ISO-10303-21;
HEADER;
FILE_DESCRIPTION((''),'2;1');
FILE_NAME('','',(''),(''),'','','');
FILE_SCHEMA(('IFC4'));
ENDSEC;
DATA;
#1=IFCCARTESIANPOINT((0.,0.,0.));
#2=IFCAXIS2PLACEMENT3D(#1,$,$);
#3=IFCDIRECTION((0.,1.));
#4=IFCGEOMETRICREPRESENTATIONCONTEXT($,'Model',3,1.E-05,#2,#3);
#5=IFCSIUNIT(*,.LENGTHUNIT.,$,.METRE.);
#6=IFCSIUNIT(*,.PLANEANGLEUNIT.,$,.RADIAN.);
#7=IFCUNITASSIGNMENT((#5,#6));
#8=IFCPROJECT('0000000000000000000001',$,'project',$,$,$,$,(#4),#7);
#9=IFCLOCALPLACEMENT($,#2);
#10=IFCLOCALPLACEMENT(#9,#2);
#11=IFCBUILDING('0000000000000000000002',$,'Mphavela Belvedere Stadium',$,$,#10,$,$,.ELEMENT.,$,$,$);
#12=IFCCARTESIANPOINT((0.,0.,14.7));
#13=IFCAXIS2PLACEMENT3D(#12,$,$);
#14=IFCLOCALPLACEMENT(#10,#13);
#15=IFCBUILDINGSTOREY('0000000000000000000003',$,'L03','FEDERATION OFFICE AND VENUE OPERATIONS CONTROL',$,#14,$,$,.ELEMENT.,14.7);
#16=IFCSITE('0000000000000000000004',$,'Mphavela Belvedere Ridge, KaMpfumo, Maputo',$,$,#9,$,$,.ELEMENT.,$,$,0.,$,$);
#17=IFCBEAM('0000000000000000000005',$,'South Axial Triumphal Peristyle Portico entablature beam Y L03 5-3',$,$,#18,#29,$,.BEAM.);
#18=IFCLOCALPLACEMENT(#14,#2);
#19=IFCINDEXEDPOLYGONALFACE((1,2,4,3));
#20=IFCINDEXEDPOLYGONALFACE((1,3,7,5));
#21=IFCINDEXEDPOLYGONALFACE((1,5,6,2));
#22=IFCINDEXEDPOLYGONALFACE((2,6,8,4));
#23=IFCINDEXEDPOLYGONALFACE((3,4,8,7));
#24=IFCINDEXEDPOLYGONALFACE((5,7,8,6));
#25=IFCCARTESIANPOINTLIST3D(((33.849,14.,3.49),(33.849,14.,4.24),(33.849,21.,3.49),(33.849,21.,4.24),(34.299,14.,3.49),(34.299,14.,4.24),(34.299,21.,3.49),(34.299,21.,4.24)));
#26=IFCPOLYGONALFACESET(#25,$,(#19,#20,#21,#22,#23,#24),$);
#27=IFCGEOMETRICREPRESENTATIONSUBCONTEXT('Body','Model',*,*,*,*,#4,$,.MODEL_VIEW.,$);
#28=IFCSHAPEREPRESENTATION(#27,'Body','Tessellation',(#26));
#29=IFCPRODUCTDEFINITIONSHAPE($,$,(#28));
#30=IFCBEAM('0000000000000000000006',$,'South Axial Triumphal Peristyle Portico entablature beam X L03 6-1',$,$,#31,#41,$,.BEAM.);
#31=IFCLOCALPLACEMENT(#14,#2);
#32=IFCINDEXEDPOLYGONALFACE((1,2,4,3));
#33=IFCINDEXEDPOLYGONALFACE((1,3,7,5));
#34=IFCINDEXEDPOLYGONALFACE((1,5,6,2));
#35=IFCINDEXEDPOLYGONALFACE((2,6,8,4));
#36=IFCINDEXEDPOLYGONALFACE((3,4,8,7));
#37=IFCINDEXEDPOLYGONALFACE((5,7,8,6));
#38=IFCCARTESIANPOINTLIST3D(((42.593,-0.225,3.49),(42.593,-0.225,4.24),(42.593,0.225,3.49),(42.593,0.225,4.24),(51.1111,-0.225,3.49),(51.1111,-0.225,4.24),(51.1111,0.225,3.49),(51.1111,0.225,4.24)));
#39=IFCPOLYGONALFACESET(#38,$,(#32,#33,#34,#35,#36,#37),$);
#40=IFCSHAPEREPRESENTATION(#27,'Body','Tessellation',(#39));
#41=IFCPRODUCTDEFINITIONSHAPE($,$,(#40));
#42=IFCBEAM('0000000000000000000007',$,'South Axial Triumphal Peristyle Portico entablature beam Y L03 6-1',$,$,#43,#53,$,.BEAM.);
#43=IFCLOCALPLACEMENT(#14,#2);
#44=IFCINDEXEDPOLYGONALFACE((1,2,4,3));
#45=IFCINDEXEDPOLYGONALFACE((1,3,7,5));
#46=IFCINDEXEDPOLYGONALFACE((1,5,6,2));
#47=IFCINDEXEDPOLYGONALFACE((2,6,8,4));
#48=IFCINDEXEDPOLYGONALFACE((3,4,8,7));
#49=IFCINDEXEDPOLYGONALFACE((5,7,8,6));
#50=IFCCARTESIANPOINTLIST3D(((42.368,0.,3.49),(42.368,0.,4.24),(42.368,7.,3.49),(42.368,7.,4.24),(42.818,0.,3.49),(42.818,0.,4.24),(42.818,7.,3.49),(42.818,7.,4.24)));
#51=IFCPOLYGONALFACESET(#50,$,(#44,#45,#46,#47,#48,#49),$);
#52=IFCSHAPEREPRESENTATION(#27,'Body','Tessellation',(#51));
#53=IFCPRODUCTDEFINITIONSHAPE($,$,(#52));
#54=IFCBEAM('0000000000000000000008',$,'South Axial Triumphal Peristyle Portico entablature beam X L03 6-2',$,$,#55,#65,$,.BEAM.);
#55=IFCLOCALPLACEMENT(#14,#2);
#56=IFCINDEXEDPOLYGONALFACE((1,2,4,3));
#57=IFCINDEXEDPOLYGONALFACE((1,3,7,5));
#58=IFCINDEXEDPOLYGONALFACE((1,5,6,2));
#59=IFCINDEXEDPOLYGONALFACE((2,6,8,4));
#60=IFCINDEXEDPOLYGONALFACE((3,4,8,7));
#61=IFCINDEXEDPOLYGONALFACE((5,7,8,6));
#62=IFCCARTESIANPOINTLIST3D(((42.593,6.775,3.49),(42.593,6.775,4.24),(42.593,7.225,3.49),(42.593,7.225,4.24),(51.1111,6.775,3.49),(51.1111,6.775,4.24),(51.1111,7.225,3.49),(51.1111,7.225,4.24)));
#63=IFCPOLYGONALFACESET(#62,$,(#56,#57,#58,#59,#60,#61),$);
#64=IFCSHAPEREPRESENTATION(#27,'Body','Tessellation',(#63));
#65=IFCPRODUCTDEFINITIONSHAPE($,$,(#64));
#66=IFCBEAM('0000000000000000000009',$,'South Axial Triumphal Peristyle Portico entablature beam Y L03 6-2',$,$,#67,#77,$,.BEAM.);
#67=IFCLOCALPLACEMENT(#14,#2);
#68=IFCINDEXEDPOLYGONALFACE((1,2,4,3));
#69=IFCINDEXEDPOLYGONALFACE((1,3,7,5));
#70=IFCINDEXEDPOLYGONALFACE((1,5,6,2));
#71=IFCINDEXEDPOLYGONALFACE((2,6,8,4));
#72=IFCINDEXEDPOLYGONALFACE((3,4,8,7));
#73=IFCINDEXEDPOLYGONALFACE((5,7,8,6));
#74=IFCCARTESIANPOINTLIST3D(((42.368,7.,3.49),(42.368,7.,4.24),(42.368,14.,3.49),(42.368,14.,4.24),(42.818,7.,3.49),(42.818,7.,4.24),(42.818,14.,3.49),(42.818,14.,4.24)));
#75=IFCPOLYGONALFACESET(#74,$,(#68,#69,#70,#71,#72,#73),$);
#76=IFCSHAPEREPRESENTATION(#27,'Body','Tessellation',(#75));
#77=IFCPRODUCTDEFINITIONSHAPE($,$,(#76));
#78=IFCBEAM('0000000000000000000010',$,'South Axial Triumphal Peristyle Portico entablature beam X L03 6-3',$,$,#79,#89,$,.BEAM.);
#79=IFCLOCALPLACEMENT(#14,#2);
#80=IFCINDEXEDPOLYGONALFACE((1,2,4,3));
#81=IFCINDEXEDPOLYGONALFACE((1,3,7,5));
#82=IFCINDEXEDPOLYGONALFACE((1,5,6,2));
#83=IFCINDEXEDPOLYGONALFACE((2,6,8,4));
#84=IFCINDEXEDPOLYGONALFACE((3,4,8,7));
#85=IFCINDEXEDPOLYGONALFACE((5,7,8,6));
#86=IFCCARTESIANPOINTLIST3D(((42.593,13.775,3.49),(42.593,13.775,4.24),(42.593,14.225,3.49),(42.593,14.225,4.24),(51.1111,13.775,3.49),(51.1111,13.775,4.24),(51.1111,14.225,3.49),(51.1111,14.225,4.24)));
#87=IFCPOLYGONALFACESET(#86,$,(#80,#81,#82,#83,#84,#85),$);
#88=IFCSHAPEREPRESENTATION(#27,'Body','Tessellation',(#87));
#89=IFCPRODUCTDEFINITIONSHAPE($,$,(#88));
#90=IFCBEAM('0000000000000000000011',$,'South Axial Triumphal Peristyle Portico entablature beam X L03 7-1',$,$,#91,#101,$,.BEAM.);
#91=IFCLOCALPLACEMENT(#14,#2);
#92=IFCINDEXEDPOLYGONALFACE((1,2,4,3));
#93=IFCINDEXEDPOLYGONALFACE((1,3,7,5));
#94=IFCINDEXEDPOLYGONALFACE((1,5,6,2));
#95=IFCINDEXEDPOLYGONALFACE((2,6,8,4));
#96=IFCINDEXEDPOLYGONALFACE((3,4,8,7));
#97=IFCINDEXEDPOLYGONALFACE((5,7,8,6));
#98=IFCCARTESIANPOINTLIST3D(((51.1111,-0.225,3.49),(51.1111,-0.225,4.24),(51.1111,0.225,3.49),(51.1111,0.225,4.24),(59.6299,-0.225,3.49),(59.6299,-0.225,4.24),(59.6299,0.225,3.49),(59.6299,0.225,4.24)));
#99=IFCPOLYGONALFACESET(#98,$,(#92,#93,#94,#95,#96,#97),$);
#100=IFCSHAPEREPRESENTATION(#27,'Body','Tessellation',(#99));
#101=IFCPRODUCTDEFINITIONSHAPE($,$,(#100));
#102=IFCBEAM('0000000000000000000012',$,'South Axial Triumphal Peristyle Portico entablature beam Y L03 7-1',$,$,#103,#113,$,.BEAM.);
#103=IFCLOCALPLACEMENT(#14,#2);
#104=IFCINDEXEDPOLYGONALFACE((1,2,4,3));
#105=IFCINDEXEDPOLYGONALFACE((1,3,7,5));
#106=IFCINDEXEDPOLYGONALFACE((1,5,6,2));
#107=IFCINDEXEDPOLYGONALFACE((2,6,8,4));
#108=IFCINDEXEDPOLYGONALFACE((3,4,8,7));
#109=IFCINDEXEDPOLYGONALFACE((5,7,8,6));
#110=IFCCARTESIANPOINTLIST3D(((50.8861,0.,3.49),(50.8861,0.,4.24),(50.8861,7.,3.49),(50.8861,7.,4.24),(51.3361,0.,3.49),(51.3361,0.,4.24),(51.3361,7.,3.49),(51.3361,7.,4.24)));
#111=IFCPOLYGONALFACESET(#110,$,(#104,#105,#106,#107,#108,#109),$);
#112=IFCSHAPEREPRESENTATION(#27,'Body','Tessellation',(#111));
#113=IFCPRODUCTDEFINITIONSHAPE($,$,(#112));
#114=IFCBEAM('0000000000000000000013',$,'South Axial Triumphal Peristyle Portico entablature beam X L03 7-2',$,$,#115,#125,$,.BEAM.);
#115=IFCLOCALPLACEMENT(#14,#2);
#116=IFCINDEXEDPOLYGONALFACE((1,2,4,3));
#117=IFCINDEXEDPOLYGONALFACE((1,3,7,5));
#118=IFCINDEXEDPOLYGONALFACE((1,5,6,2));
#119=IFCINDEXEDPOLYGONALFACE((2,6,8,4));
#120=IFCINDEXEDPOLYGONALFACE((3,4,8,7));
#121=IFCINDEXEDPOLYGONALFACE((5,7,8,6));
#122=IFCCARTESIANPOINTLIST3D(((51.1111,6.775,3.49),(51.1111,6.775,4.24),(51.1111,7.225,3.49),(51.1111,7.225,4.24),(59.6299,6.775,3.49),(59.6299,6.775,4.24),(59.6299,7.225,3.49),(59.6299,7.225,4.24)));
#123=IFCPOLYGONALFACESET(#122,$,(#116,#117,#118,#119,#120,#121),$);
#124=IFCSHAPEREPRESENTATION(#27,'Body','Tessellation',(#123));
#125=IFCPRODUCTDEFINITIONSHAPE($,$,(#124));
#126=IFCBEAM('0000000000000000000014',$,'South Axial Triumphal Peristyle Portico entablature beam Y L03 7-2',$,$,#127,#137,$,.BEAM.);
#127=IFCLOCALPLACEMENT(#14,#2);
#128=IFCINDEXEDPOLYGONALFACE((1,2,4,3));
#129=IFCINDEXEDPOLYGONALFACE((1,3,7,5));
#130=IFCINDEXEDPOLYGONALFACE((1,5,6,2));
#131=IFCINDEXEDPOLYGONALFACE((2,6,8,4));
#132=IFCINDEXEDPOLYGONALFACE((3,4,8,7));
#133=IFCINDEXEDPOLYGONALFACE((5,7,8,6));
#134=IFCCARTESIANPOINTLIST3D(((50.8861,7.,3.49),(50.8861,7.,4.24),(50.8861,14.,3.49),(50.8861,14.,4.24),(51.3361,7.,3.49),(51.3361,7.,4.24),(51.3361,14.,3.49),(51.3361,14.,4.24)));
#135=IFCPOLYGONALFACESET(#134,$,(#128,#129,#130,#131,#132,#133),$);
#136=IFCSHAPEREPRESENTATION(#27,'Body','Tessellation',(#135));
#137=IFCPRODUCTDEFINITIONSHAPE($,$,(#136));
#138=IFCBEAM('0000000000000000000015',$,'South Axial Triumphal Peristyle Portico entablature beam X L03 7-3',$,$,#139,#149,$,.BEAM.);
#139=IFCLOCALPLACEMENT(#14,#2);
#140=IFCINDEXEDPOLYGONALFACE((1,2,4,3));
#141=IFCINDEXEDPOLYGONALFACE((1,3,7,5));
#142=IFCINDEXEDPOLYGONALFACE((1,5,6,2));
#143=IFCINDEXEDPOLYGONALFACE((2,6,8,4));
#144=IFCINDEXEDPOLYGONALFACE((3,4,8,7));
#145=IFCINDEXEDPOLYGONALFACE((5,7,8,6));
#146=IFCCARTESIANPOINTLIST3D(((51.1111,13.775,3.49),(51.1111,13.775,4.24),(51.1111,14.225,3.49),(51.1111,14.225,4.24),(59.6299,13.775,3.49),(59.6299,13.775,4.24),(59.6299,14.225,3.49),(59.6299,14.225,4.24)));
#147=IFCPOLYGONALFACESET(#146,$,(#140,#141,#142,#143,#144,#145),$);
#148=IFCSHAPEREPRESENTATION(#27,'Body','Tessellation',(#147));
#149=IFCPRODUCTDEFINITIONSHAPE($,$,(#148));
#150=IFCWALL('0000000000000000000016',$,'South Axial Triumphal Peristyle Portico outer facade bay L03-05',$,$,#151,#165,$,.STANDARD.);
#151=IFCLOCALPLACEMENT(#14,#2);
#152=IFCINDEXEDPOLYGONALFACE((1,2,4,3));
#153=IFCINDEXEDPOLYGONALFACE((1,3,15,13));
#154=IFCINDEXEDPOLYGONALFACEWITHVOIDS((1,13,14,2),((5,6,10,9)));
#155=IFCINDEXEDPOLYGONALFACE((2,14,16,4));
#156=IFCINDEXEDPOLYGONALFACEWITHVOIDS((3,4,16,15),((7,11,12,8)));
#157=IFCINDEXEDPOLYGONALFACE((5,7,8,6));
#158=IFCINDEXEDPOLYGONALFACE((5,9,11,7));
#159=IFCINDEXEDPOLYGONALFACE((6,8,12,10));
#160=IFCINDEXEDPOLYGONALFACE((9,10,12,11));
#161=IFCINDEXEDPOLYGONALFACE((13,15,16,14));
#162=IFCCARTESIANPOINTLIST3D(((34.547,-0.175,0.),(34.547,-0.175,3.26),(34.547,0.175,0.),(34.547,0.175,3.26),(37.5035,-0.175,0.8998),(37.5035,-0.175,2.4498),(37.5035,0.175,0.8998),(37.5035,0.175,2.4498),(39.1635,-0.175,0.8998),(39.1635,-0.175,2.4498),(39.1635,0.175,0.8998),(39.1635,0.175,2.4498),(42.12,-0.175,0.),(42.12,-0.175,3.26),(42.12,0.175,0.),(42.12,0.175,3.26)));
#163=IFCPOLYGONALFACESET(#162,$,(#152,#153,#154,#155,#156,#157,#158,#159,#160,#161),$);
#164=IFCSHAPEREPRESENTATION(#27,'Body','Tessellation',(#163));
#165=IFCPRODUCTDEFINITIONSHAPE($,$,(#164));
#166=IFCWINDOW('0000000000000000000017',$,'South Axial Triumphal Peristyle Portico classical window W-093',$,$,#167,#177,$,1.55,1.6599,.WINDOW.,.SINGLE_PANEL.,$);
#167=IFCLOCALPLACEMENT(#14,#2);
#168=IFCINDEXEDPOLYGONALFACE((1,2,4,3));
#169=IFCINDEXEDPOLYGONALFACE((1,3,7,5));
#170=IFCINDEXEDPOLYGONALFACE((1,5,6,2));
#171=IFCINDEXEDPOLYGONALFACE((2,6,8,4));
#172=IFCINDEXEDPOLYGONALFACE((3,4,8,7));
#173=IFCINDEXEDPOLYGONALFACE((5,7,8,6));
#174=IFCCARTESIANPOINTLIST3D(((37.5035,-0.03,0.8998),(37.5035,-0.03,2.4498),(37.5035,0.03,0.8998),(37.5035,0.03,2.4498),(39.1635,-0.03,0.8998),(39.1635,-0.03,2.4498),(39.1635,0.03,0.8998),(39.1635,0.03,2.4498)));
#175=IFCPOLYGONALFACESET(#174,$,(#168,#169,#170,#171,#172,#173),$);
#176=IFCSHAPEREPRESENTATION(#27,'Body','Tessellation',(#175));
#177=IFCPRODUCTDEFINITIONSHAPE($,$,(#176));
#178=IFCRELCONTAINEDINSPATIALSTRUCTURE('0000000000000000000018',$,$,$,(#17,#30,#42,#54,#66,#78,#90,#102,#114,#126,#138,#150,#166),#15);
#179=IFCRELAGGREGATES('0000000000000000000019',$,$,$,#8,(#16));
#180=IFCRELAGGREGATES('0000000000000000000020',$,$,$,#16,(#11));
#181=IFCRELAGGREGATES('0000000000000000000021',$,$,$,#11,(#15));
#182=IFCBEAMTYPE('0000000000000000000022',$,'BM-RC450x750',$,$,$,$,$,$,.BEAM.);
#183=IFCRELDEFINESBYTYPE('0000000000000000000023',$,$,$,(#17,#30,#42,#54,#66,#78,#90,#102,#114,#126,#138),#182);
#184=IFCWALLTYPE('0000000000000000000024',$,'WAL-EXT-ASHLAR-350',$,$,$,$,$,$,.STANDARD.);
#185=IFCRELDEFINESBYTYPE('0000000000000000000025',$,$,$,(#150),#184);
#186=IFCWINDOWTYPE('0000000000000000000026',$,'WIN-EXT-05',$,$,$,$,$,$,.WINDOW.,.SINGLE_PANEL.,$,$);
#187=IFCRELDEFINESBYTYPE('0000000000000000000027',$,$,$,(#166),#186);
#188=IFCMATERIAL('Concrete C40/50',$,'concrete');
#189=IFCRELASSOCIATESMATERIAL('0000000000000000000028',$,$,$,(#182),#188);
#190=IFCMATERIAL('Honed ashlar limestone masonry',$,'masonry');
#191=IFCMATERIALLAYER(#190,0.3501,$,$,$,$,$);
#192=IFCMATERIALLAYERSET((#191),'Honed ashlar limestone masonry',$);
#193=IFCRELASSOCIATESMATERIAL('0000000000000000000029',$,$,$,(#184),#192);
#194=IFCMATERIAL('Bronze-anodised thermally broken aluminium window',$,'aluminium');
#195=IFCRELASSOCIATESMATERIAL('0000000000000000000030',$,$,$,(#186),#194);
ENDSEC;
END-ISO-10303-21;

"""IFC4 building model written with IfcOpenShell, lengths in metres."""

from ifc_helpers import new_model, si_unit, direction, frame, frame_2d, origin, origin_2d, place, context, subcontext, project, spatial, rectangle, extrude, material, layer, layer_set, material_profile, profile_set, type_object, element, fill, save


model = new_model("IFC4")

# Units and contexts
model_context = context("Model", 3, precision=1e-05, world=origin(), true_north=direction((0.0, 1.0)))
body_context = subcontext(model_context, "Body", "Model", "MODEL_VIEW")
ifc_project = project(units=[si_unit("LENGTHUNIT", "METRE"), si_unit("PLANEANGLEUNIT", "RADIAN")], contexts=[model_context])

# Site, building, storey
site_placement = place(None, origin())
site = spatial("IfcSite", under=ifc_project, at=site_placement, Name="Mphavela Belvedere Ridge, KaMpfumo, Maputo", CompositionType="ELEMENT", RefElevation=0.0)
building_placement = place(site_placement, origin())
building = spatial("IfcBuilding", under=site, at=building_placement, Name="Mphavela Belvedere Stadium", CompositionType="ELEMENT")
storey_placement = place(building_placement, frame((0.0, 0.0, 14.7)))
storey = spatial("IfcBuildingStorey", under=building, at=storey_placement, Name="L03", Description="FEDERATION OFFICE AND VENUE OPERATIONS CONTROL", CompositionType="ELEMENT", Elevation=14.7)

# Beams
ifc_material_1 = material(Name="Concrete C40/50", Category="concrete")
ifc_material_profile_1 = material_profile(ifc_material_1, rectangle(XDim=0.45, YDim=0.75, at=origin_2d()), Name="RC 450x750")
ifc_profile_set_1 = profile_set([ifc_material_profile_1], Name="Concrete C40/50")
beam_type_1 = type_object("IfcBeamType", Name="BM-RC450x750", PredefinedType="BEAM", material=ifc_profile_set_1)
beam_1_placement = place(storey_placement, frame((34.074, 14.0, 3.865), z_axis=(0.0, 1.0, 0.0), x_axis=(-1.0, 0.0, 0.0)))
element("IfcBeam", 1, at=beam_1_placement, inside=storey, type_object=beam_type_1, Name="South Axial Triumphal Peristyle Portico entablature beam Y L03 5-3", PredefinedType="BEAM", context=body_context, shape_type="SweptSolid", body=[
    extrude(rectangle(XDim=0.45, YDim=0.75, at=origin_2d()), origin(), (0.0, 0.0, 1.0), 7.0),
])
beam_2_placement = place(storey_placement, frame((42.593, 0.0, 3.865), z_axis=(1.0, 0.0, 0.0), x_axis=(0.0, 1.0, 0.0)))
element("IfcBeam", 2, at=beam_2_placement, inside=storey, type_object=beam_type_1, Name="South Axial Triumphal Peristyle Portico entablature beam X L03 6-1", PredefinedType="BEAM", context=body_context, shape_type="SweptSolid", body=[
    extrude(rectangle(XDim=0.45, YDim=0.75, at=origin_2d()), origin(), (0.0, 0.0, 1.0), 8.5181),
])
beam_3_placement = place(storey_placement, frame((42.593, 0.0, 3.865), z_axis=(0.0, 1.0, 0.0), x_axis=(-1.0, 0.0, 0.0)))
element("IfcBeam", 3, at=beam_3_placement, inside=storey, type_object=beam_type_1, Name="South Axial Triumphal Peristyle Portico entablature beam Y L03 6-1", PredefinedType="BEAM", context=body_context, shape_type="SweptSolid", body=[
    extrude(rectangle(XDim=0.45, YDim=0.75, at=origin_2d()), origin(), (0.0, 0.0, 1.0), 7.0),
])
beam_4_placement = place(storey_placement, frame((42.593, 7.0, 3.865), z_axis=(1.0, 0.0, 0.0), x_axis=(0.0, 1.0, 0.0)))
element("IfcBeam", 4, at=beam_4_placement, inside=storey, type_object=beam_type_1, Name="South Axial Triumphal Peristyle Portico entablature beam X L03 6-2", PredefinedType="BEAM", context=body_context, shape_type="SweptSolid", body=[
    extrude(rectangle(XDim=0.45, YDim=0.75, at=origin_2d()), origin(), (0.0, 0.0, 1.0), 8.5181),
])
beam_5_placement = place(storey_placement, frame((42.593, 7.0, 3.865), z_axis=(0.0, 1.0, 0.0), x_axis=(-1.0, 0.0, 0.0)))
element("IfcBeam", 5, at=beam_5_placement, inside=storey, type_object=beam_type_1, Name="South Axial Triumphal Peristyle Portico entablature beam Y L03 6-2", PredefinedType="BEAM", context=body_context, shape_type="SweptSolid", body=[
    extrude(rectangle(XDim=0.45, YDim=0.75, at=origin_2d()), origin(), (0.0, 0.0, 1.0), 7.0),
])
beam_6_placement = place(storey_placement, frame((42.593, 14.0, 3.865), z_axis=(1.0, 0.0, 0.0), x_axis=(0.0, 1.0, 0.0)))
element("IfcBeam", 6, at=beam_6_placement, inside=storey, type_object=beam_type_1, Name="South Axial Triumphal Peristyle Portico entablature beam X L03 6-3", PredefinedType="BEAM", context=body_context, shape_type="SweptSolid", body=[
    extrude(rectangle(XDim=0.45, YDim=0.75, at=origin_2d()), origin(), (0.0, 0.0, 1.0), 8.5181),
])
beam_7_placement = place(storey_placement, frame((51.1111, 0.0, 3.865), z_axis=(1.0, 0.0, 0.0), x_axis=(0.0, 1.0, 0.0)))
element("IfcBeam", 7, at=beam_7_placement, inside=storey, type_object=beam_type_1, Name="South Axial Triumphal Peristyle Portico entablature beam X L03 7-1", PredefinedType="BEAM", context=body_context, shape_type="SweptSolid", body=[
    extrude(rectangle(XDim=0.45, YDim=0.75, at=origin_2d()), origin(), (0.0, 0.0, 1.0), 8.5188),
])
beam_8_placement = place(storey_placement, frame((51.1111, 0.0, 3.865), z_axis=(0.0, 1.0, 0.0), x_axis=(-1.0, 0.0, 0.0)))
element("IfcBeam", 8, at=beam_8_placement, inside=storey, type_object=beam_type_1, Name="South Axial Triumphal Peristyle Portico entablature beam Y L03 7-1", PredefinedType="BEAM", context=body_context, shape_type="SweptSolid", body=[
    extrude(rectangle(XDim=0.45, YDim=0.75, at=origin_2d()), origin(), (0.0, 0.0, 1.0), 7.0),
])
beam_9_placement = place(storey_placement, frame((51.1111, 7.0, 3.865), z_axis=(1.0, 0.0, 0.0), x_axis=(0.0, 1.0, 0.0)))
element("IfcBeam", 9, at=beam_9_placement, inside=storey, type_object=beam_type_1, Name="South Axial Triumphal Peristyle Portico entablature beam X L03 7-2", PredefinedType="BEAM", context=body_context, shape_type="SweptSolid", body=[
    extrude(rectangle(XDim=0.45, YDim=0.75, at=origin_2d()), origin(), (0.0, 0.0, 1.0), 8.5188),
])
beam_10_placement = place(storey_placement, frame((51.1111, 7.0, 3.865), z_axis=(0.0, 1.0, 0.0), x_axis=(-1.0, 0.0, 0.0)))
element("IfcBeam", 10, at=beam_10_placement, inside=storey, type_object=beam_type_1, Name="South Axial Triumphal Peristyle Portico entablature beam Y L03 7-2", PredefinedType="BEAM", context=body_context, shape_type="SweptSolid", body=[
    extrude(rectangle(XDim=0.45, YDim=0.75, at=origin_2d()), origin(), (0.0, 0.0, 1.0), 7.0),
])
beam_11_placement = place(storey_placement, frame((51.1111, 14.0, 3.865), z_axis=(1.0, 0.0, 0.0), x_axis=(0.0, 1.0, 0.0)))
element("IfcBeam", 11, at=beam_11_placement, inside=storey, type_object=beam_type_1, Name="South Axial Triumphal Peristyle Portico entablature beam X L03 7-3", PredefinedType="BEAM", context=body_context, shape_type="SweptSolid", body=[
    extrude(rectangle(XDim=0.45, YDim=0.75, at=origin_2d()), origin(), (0.0, 0.0, 1.0), 8.5188),
])

# Wall, opening, window
ifc_material_2 = material(Name="Honed ashlar limestone masonry", Category="masonry")
ifc_layer_1 = layer(ifc_material_2, 0.3501)
ifc_layer_set_1 = layer_set([ifc_layer_1], Name="Honed ashlar limestone masonry")
wall_type_1 = type_object("IfcWallType", Name="WAL-EXT-ASHLAR-350", PredefinedType="STANDARD", material=ifc_layer_set_1)
wall_1_placement = place(storey_placement, frame((42.1201, 0.0, 0.0), z_axis=(0.0, 0.0, 1.0), x_axis=(-1.0, 0.0, 0.0)))
wall_1 = element("IfcWall", 12, at=wall_1_placement, inside=storey, type_object=wall_type_1, Name="South Axial Triumphal Peristyle Portico outer facade bay L03-05", PredefinedType="STANDARD", context=body_context, shape_type="SweptSolid", body=[
    extrude(rectangle(XDim=7.573, YDim=0.3501, at=frame_2d((3.7866, 0.0))), origin(), (0.0, 0.0, 1.0), 3.26),
])
opening_1_placement = place(wall_1_placement, frame((2.9565, 0.0, 0.8999)))
opening_1 = element("IfcOpeningElement", 13, at=opening_1_placement, cuts=wall_1, PredefinedType="OPENING", context=body_context, shape_type="SweptSolid", body=[
    extrude(rectangle(XDim=1.6599, YDim=1.55, at=frame_2d((0.8301, 0.7749))), frame((0.0, 0.1851, 0.0), z_axis=(0.0, -1.0, 0.0), x_axis=(1.0, 0.0, 0.0)), (0.0, 0.0, 1.0), 0.3701),
])
ifc_material_3 = material(Name="Bronze-anodised thermally broken aluminium window", Category="aluminium")
window_type_1 = type_object("IfcWindowType", Name="WIN-EXT-05", PartitioningType="SINGLE_PANEL", PredefinedType="WINDOW", material=ifc_material_3)
window_1_placement = place(opening_1_placement, origin())
window_1 = element("IfcWindow", 14, at=window_1_placement, inside=storey, type_object=window_type_1, Name="South Axial Triumphal Peristyle Portico classical window W-093", OverallHeight=1.55, OverallWidth=1.6599, PartitioningType="SINGLE_PANEL", PredefinedType="WINDOW", context=body_context, shape_type="SweptSolid", body=[
    extrude(rectangle(XDim=1.6599, YDim=1.55, at=frame_2d((0.8301, 0.7749))), frame((0.0, 0.03, 0.0), z_axis=(0.0, -1.0, 0.0), x_axis=(1.0, 0.0, 0.0)), (0.0, 0.0, 1.0), 0.0601),
])
fill(opening_1, window_1)

save(model, "model.ifc")
